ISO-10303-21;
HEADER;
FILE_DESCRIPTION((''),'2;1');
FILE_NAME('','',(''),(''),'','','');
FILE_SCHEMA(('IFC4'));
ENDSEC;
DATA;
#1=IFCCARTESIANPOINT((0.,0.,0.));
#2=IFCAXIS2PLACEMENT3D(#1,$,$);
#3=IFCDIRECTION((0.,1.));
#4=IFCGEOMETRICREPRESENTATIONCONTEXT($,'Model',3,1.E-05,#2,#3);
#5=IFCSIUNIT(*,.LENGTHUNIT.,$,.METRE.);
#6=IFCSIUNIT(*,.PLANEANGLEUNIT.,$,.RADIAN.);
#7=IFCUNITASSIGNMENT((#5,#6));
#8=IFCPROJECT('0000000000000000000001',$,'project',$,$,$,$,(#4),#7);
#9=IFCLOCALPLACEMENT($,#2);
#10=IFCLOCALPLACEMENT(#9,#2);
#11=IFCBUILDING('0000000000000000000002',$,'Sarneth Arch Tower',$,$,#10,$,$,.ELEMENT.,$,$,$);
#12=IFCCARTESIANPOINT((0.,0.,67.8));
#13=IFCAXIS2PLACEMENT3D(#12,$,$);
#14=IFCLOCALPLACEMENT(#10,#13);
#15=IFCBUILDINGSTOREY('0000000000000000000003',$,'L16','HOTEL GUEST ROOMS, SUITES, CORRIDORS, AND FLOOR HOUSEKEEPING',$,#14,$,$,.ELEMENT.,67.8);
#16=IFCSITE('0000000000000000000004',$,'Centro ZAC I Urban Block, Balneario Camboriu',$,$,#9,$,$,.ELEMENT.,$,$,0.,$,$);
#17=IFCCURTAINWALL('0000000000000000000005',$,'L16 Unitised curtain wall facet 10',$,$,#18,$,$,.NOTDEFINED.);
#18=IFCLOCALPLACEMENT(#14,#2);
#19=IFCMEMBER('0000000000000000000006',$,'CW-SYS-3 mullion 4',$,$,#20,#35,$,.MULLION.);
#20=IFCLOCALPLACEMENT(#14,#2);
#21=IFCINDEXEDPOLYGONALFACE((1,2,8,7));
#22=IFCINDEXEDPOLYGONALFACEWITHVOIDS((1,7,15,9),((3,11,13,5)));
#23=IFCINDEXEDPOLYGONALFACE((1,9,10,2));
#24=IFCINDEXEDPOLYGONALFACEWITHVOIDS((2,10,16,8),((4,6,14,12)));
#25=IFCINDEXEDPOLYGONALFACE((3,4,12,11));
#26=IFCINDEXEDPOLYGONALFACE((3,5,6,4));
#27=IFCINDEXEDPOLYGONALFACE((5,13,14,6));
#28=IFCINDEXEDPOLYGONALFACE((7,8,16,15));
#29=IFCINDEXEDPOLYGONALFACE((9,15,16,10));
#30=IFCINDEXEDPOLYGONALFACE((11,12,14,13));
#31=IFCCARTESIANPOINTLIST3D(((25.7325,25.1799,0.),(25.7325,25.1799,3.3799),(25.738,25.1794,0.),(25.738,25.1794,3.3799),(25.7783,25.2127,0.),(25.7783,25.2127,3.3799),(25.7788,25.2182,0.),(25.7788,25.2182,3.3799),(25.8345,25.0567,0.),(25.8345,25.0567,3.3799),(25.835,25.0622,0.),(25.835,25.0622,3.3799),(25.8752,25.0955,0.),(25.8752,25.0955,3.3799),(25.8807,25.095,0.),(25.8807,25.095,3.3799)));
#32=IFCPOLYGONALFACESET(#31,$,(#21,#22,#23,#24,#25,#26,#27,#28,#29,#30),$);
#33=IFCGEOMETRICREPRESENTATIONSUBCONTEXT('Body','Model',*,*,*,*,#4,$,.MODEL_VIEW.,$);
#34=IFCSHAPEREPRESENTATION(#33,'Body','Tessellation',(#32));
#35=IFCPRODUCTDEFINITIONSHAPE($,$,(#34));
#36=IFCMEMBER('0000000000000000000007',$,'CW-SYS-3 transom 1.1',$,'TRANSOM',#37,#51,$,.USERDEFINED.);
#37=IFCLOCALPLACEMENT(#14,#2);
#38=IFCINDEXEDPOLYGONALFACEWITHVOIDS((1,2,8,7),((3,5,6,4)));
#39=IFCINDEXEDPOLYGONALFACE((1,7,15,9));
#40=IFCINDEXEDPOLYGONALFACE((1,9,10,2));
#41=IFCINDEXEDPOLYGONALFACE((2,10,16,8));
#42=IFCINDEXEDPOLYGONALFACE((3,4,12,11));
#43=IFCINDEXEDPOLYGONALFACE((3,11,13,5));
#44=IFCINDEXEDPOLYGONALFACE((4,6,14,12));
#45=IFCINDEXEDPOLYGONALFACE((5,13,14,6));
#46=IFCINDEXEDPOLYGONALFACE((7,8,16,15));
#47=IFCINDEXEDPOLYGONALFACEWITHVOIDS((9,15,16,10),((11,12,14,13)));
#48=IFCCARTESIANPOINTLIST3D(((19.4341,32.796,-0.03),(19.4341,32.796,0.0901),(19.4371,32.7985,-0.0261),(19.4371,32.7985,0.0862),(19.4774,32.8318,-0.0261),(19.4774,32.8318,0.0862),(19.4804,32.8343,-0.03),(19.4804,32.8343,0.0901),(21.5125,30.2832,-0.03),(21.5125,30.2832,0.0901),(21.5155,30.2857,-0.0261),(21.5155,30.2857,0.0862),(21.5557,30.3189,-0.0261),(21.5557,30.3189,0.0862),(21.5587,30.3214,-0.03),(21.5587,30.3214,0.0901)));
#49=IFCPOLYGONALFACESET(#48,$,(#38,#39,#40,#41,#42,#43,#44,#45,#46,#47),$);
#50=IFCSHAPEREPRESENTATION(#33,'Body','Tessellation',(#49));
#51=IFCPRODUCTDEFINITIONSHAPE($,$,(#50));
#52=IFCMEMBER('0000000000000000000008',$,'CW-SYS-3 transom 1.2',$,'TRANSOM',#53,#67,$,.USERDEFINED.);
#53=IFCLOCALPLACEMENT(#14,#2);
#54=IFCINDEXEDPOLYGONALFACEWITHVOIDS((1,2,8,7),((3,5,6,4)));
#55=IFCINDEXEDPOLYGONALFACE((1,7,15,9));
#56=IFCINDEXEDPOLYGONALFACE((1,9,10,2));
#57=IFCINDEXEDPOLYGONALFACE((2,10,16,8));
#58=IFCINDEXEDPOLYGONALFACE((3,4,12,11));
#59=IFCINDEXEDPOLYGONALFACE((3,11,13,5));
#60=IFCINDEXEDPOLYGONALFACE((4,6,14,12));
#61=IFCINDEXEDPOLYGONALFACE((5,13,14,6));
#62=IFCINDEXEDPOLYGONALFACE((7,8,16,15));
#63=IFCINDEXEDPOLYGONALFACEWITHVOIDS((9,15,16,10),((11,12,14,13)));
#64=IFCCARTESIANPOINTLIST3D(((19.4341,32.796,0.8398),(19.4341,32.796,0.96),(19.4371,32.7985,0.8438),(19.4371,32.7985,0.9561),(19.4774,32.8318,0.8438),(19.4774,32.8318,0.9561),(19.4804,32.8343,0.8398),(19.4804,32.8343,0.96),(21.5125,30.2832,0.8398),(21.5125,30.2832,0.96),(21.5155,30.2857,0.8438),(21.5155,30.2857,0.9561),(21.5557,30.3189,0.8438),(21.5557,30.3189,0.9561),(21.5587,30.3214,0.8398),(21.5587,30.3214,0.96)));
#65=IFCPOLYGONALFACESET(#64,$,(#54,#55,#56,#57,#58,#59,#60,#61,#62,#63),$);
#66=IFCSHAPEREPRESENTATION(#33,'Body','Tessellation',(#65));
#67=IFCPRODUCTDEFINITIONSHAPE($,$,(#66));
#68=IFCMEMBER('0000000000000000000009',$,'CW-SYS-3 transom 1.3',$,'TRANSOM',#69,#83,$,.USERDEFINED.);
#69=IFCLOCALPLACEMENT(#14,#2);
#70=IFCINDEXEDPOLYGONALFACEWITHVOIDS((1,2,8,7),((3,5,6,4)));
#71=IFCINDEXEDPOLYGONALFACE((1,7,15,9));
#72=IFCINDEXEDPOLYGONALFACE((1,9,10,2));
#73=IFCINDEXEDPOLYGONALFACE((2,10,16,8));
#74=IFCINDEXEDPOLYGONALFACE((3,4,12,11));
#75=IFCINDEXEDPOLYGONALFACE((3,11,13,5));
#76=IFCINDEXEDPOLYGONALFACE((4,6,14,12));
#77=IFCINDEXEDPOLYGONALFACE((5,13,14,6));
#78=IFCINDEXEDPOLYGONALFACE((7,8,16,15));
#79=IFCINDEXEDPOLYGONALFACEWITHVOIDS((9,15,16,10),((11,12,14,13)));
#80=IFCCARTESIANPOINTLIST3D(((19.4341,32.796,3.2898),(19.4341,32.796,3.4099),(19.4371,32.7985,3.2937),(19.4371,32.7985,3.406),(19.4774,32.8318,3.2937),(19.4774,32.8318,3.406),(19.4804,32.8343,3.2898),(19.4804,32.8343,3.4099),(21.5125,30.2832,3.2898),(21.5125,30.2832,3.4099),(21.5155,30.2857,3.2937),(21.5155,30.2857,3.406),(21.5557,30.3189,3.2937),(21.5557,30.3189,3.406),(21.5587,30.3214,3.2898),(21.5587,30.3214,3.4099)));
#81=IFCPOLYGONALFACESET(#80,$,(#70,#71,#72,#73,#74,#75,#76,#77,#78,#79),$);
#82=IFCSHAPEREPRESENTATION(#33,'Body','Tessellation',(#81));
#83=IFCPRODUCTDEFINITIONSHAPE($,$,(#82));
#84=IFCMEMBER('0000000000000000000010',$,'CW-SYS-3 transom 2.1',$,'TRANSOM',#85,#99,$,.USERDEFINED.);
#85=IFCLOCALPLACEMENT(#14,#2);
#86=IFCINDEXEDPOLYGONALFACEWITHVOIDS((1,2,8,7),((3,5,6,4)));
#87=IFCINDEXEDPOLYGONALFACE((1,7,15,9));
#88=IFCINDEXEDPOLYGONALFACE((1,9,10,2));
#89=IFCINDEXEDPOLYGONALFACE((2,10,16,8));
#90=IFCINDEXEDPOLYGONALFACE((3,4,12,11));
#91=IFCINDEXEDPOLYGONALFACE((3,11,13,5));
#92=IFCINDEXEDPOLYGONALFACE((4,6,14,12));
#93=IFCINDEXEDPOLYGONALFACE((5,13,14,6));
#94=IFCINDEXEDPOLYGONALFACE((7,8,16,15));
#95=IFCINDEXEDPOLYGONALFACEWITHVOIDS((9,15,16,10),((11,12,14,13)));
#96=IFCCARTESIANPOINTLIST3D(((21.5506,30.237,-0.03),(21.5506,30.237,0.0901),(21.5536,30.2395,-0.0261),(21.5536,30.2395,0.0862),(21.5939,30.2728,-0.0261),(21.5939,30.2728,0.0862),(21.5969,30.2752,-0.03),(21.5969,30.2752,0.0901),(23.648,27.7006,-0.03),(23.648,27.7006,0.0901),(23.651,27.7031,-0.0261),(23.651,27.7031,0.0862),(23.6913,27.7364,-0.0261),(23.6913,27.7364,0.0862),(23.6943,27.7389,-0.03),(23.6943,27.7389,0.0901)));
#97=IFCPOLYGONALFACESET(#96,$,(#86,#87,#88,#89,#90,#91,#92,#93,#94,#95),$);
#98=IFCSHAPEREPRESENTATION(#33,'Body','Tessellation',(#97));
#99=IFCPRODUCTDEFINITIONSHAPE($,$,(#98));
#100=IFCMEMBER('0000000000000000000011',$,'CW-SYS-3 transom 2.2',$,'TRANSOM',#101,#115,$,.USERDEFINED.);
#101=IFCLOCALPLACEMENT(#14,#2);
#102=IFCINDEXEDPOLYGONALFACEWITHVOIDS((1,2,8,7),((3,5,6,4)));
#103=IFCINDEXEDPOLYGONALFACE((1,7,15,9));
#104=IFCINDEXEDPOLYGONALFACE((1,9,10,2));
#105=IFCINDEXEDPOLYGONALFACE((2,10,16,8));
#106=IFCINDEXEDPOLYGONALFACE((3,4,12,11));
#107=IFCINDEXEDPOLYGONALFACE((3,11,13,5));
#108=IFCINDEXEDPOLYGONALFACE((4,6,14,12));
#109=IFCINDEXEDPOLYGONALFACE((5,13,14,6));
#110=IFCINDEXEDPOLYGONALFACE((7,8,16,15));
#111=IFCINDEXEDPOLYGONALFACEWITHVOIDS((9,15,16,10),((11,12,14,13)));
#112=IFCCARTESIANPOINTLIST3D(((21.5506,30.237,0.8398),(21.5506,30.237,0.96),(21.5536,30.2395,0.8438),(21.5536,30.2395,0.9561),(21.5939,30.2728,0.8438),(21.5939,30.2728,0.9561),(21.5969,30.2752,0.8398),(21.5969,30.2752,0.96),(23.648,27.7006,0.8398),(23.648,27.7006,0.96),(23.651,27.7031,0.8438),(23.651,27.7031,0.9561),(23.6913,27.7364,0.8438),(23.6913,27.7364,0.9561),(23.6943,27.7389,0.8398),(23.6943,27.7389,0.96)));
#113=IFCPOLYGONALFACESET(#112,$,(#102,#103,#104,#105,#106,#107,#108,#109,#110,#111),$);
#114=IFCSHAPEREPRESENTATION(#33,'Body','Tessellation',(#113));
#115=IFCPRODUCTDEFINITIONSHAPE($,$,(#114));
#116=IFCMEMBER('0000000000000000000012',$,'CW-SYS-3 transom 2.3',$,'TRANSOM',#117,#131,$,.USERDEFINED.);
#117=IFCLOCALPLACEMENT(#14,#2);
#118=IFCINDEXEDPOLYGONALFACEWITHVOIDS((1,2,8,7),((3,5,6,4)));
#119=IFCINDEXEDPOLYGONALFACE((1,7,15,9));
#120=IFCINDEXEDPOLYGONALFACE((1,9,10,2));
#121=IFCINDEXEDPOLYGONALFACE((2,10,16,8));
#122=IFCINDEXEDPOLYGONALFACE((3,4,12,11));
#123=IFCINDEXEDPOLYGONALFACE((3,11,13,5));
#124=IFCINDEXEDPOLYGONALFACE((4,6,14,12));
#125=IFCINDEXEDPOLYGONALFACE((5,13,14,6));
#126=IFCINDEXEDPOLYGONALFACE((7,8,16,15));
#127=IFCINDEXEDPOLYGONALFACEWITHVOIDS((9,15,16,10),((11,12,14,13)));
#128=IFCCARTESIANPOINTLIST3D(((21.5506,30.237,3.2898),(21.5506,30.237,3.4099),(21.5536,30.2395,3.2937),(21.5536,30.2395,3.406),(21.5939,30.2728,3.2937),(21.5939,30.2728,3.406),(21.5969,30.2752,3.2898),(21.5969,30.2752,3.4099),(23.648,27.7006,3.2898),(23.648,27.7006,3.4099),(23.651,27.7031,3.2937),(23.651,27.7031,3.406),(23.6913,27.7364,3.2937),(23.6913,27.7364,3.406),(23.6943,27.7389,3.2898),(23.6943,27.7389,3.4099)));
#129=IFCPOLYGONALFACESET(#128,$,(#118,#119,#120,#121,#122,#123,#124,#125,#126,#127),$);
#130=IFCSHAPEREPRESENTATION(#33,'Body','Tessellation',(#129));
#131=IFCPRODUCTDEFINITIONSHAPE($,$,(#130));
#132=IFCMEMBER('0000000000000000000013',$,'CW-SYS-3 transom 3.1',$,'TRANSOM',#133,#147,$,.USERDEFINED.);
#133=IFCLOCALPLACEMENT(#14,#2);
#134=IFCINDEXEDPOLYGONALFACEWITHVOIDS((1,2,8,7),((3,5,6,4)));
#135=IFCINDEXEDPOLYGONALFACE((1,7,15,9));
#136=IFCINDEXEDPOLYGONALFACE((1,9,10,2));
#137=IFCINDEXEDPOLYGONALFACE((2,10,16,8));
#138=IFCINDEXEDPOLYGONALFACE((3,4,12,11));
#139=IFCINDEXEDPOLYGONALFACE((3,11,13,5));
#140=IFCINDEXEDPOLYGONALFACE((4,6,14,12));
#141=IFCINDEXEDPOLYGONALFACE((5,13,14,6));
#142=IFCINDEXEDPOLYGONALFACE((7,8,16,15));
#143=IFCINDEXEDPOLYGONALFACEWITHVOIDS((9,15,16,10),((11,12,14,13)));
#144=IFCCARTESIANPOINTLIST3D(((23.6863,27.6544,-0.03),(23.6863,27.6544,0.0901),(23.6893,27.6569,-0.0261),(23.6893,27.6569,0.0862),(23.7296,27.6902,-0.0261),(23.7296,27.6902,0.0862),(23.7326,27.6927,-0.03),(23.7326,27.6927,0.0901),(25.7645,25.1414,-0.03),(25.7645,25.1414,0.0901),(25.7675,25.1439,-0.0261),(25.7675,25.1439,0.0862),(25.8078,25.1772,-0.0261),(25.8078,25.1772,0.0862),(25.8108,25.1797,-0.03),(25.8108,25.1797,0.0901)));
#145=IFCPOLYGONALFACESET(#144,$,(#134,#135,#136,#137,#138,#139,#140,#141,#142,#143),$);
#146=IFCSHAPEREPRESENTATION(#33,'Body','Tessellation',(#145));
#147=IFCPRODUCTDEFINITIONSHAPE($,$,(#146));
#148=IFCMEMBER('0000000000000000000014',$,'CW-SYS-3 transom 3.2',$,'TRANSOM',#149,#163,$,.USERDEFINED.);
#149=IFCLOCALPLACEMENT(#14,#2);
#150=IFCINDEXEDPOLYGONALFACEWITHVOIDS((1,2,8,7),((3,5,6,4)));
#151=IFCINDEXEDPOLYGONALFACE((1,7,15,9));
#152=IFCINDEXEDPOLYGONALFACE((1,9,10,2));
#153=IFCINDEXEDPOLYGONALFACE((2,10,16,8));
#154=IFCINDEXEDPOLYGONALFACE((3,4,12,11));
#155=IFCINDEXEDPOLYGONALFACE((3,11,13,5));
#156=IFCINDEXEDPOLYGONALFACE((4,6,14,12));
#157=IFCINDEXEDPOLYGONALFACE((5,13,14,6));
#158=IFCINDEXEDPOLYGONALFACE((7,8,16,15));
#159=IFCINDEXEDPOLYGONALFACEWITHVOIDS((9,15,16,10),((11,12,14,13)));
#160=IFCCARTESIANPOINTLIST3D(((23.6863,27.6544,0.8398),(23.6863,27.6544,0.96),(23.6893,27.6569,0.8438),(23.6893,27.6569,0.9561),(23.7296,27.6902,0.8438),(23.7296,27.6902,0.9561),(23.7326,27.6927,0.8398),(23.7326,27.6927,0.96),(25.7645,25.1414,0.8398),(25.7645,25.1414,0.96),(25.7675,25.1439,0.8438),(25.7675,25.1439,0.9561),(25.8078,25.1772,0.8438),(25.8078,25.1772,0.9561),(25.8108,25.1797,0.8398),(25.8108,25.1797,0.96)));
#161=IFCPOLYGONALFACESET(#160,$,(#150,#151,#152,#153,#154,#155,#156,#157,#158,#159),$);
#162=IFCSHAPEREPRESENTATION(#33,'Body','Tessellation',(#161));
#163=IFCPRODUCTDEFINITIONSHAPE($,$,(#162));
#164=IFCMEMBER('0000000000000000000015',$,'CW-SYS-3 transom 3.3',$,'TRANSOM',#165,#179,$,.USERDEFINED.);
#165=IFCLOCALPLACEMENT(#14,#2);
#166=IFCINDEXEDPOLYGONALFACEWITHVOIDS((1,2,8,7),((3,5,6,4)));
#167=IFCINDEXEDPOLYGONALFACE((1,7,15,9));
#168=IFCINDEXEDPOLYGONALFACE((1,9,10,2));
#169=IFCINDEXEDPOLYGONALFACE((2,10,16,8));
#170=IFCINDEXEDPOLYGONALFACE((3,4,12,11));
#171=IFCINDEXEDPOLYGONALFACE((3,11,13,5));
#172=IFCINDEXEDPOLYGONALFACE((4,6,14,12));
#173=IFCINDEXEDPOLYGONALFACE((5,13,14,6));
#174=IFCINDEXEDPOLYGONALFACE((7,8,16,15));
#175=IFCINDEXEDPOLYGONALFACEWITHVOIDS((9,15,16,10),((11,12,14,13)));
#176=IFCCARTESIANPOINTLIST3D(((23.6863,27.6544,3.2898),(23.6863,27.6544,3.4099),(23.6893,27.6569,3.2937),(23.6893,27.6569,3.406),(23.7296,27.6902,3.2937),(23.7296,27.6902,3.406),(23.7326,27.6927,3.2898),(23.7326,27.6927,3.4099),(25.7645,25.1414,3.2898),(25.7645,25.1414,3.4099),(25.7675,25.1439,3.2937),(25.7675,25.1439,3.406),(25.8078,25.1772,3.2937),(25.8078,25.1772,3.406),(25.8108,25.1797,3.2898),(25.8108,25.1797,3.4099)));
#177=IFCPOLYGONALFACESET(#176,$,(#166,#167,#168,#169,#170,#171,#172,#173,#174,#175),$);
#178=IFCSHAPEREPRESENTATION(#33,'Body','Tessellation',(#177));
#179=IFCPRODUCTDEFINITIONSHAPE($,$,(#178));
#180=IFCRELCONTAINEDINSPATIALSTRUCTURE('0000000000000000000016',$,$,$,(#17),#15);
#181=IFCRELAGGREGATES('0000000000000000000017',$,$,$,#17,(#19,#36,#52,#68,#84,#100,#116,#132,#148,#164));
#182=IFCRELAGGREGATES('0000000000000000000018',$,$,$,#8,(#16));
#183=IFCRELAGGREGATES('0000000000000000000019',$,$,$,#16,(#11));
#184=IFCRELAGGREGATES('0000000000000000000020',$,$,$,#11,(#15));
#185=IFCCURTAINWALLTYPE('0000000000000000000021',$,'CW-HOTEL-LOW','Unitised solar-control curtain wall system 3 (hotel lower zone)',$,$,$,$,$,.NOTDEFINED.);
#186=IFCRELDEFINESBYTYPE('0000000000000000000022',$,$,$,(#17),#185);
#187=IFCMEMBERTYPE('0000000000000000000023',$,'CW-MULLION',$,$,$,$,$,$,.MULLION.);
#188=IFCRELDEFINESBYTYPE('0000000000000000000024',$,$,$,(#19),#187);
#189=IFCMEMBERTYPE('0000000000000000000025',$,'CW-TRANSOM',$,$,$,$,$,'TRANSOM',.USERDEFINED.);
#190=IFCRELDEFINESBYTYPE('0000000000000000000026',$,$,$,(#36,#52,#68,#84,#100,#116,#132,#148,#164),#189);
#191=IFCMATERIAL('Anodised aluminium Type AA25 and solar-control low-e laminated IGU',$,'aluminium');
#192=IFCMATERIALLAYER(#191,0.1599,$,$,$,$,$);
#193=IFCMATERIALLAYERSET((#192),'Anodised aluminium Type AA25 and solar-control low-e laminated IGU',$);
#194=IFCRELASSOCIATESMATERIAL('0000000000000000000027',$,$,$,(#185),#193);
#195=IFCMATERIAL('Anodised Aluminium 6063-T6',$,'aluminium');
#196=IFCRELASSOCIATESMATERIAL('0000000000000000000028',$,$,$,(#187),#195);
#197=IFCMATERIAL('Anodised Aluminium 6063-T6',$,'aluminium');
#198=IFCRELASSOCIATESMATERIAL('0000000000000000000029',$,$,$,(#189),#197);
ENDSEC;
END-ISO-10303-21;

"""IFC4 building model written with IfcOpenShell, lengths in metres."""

from ifc_helpers import new_model, si_unit, direction, frame, origin, origin_2d, place, context, subcontext, project, spatial, hollow_rectangle, extrude, material, layer, layer_set, material_profile, profile_set, type_object, element, aggregate, save


model = new_model("IFC4")

# Units and contexts
model_context = context("Model", 3, precision=1e-05, world=origin(), true_north=direction((0.0, 1.0)))
body_context = subcontext(model_context, "Body", "Model", "MODEL_VIEW")
ifc_project = project(units=[si_unit("LENGTHUNIT", "METRE"), si_unit("PLANEANGLEUNIT", "RADIAN")], contexts=[model_context])

# Site, building, storey
site_placement = place(None, origin())
site = spatial("IfcSite", under=ifc_project, at=site_placement, Name="Centro ZAC I Urban Block, Balneario Camboriu", CompositionType="ELEMENT", RefElevation=0.0)
building_placement = place(site_placement, origin())
building = spatial("IfcBuilding", under=site, at=building_placement, Name="Sarneth Arch Tower", CompositionType="ELEMENT")
storey_placement = place(building_placement, frame((0.0, 0.0, 67.8)))
storey = spatial("IfcBuildingStorey", under=building, at=storey_placement, Name="L16", Description="HOTEL GUEST ROOMS, SUITES, CORRIDORS, AND FLOOR HOUSEKEEPING", CompositionType="ELEMENT", Elevation=67.8)

# Curtain wall, members
ifc_material_1 = material(Name="Anodised aluminium Type AA25 and solar-control low-e laminated IGU", Category="aluminium")
ifc_layer_1 = layer(ifc_material_1, 0.1599)
ifc_layer_set_1 = layer_set([ifc_layer_1], Name="Anodised aluminium Type AA25 and solar-control low-e laminated IGU")
curtain_wall_type = type_object("IfcCurtainWallType", Name="CW-HOTEL-LOW", Description="Unitised solar-control curtain wall system 3 (hotel lower zone)", PredefinedType="NOTDEFINED", material=ifc_layer_set_1)
curtain_wall_placement = place(storey_placement, origin())
curtain_wall = element("IfcCurtainWall", 1, at=curtain_wall_placement, inside=storey, type_object=curtain_wall_type, Name="L16 Unitised curtain wall facet 10", PredefinedType="NOTDEFINED")
ifc_material_2 = material(Name="Anodised Aluminium 6063-T6", Category="aluminium")
ifc_material_profile_1 = material_profile(ifc_material_2, hollow_rectangle(XDim=0.0601, YDim=0.1599, WallThickness=0.0039, at=origin_2d()), Name="AL-MULL-160x60x4")
ifc_profile_set_1 = profile_set([ifc_material_profile_1], Name="Anodised Aluminium 6063-T6")
member_type_1 = type_object("IfcMemberType", Name="CW-MULLION", PredefinedType="MULLION", material=ifc_profile_set_1)
member_1_placement = place(storey_placement, frame((25.8066, 25.1375, 0.0), z_axis=(0.0, 0.0, 1.0), x_axis=(0.770623, 0.637291, 0.0)))
member_1 = element("IfcMember", 2, at=member_1_placement, type_object=member_type_1, Name="CW-SYS-3 mullion 4", PredefinedType="MULLION", context=body_context, shape_type="SweptSolid", body=[
    extrude(hollow_rectangle(XDim=0.0601, YDim=0.1599, WallThickness=0.0039, at=origin_2d()), origin(), (0.0, 0.0, 1.0), 3.3799),
])
ifc_material_3 = material(Name="Anodised Aluminium 6063-T6", Category="aluminium")
ifc_material_profile_2 = material_profile(ifc_material_3, hollow_rectangle(XDim=0.0601, YDim=0.1201, WallThickness=0.0039, at=origin_2d()), Name="AL-TRAN-120x60x4")
ifc_profile_set_2 = profile_set([ifc_material_profile_2], Name="Anodised Aluminium 6063-T6")
member_type_2 = type_object("IfcMemberType", Name="CW-TRANSOM", ElementType="TRANSOM", PredefinedType="USERDEFINED", material=ifc_profile_set_2)
member_2_placement = place(storey_placement, frame((19.4573, 32.8152, 0.03), z_axis=(0.63733, -0.770591, 0.0), x_axis=(0.770591, 0.63733, 0.0)))
member_2 = element("IfcMember", 3, at=member_2_placement, type_object=member_type_2, Name="CW-SYS-3 transom 1.1", ObjectType="TRANSOM", PredefinedType="USERDEFINED", context=body_context, shape_type="SweptSolid", body=[
    extrude(hollow_rectangle(XDim=0.0601, YDim=0.1201, WallThickness=0.0039, at=origin_2d()), origin(), (0.0, 0.0, 1.0), 3.261),
])
member_3_placement = place(storey_placement, frame((19.4573, 32.8152, 0.8999), z_axis=(0.63733, -0.770591, 0.0), x_axis=(0.770591, 0.63733, 0.0)))
member_3 = element("IfcMember", 4, at=member_3_placement, type_object=member_type_2, Name="CW-SYS-3 transom 1.2", ObjectType="TRANSOM", PredefinedType="USERDEFINED", context=body_context, shape_type="SweptSolid", body=[
    extrude(hollow_rectangle(XDim=0.0601, YDim=0.1201, WallThickness=0.0039, at=origin_2d()), origin(), (0.0, 0.0, 1.0), 3.261),
])
member_4_placement = place(storey_placement, frame((19.4573, 32.8152, 3.3499), z_axis=(0.63733, -0.770591, 0.0), x_axis=(0.770591, 0.63733, 0.0)))
member_4 = element("IfcMember", 5, at=member_4_placement, type_object=member_type_2, Name="CW-SYS-3 transom 1.3", ObjectType="TRANSOM", PredefinedType="USERDEFINED", context=body_context, shape_type="SweptSolid", body=[
    extrude(hollow_rectangle(XDim=0.0601, YDim=0.1201, WallThickness=0.0039, at=origin_2d()), origin(), (0.0, 0.0, 1.0), 3.261),
])
member_5_placement = place(storey_placement, frame((21.5737, 30.2561, 0.03), z_axis=(0.637269, -0.770642, 0.0), x_axis=(0.770642, 0.637269, 0.0)))
member_5 = element("IfcMember", 6, at=member_5_placement, type_object=member_type_2, Name="CW-SYS-3 transom 2.1", ObjectType="TRANSOM", PredefinedType="USERDEFINED", context=body_context, shape_type="SweptSolid", body=[
    extrude(hollow_rectangle(XDim=0.0601, YDim=0.1201, WallThickness=0.0039, at=origin_2d()), origin(), (0.0, 0.0, 1.0), 3.2913),
])
member_6_placement = place(storey_placement, frame((21.5737, 30.2561, 0.8999), z_axis=(0.637269, -0.770642, 0.0), x_axis=(0.770642, 0.637269, 0.0)))
member_6 = element("IfcMember", 7, at=member_6_placement, type_object=member_type_2, Name="CW-SYS-3 transom 2.2", ObjectType="TRANSOM", PredefinedType="USERDEFINED", context=body_context, shape_type="SweptSolid", body=[
    extrude(hollow_rectangle(XDim=0.0601, YDim=0.1201, WallThickness=0.0039, at=origin_2d()), origin(), (0.0, 0.0, 1.0), 3.2913),
])
member_7_placement = place(storey_placement, frame((21.5737, 30.2561, 3.3499), z_axis=(0.637269, -0.770642, 0.0), x_axis=(0.770642, 0.637269, 0.0)))
member_7 = element("IfcMember", 8, at=member_7_placement, type_object=member_type_2, Name="CW-SYS-3 transom 2.3", ObjectType="TRANSOM", PredefinedType="USERDEFINED", context=body_context, shape_type="SweptSolid", body=[
    extrude(hollow_rectangle(XDim=0.0601, YDim=0.1201, WallThickness=0.0039, at=origin_2d()), origin(), (0.0, 0.0, 1.0), 3.2913),
])
member_8_placement = place(storey_placement, frame((23.7095, 27.6736, 0.03), z_axis=(0.637286, -0.770628, 0.0), x_axis=(0.770628, 0.637286, 0.0)))
member_8 = element("IfcMember", 9, at=member_8_placement, type_object=member_type_2, Name="CW-SYS-3 transom 3.1", ObjectType="TRANSOM", PredefinedType="USERDEFINED", context=body_context, shape_type="SweptSolid", body=[
    extrude(hollow_rectangle(XDim=0.0601, YDim=0.1201, WallThickness=0.0039, at=origin_2d()), origin(), (0.0, 0.0, 1.0), 3.261),
])
member_9_placement = place(storey_placement, frame((23.7095, 27.6736, 0.8999), z_axis=(0.637286, -0.770628, 0.0), x_axis=(0.770628, 0.637286, 0.0)))
member_9 = element("IfcMember", 10, at=member_9_placement, type_object=member_type_2, Name="CW-SYS-3 transom 3.2", ObjectType="TRANSOM", PredefinedType="USERDEFINED", context=body_context, shape_type="SweptSolid", body=[
    extrude(hollow_rectangle(XDim=0.0601, YDim=0.1201, WallThickness=0.0039, at=origin_2d()), origin(), (0.0, 0.0, 1.0), 3.261),
])
member_10_placement = place(storey_placement, frame((23.7095, 27.6736, 3.3499), z_axis=(0.637286, -0.770628, 0.0), x_axis=(0.770628, 0.637286, 0.0)))
member_10 = element("IfcMember", 11, at=member_10_placement, type_object=member_type_2, Name="CW-SYS-3 transom 3.3", ObjectType="TRANSOM", PredefinedType="USERDEFINED", context=body_context, shape_type="SweptSolid", body=[
    extrude(hollow_rectangle(XDim=0.0601, YDim=0.1201, WallThickness=0.0039, at=origin_2d()), origin(), (0.0, 0.0, 1.0), 3.261),
])

aggregate(curtain_wall, [member_1, member_2, member_3, member_4, member_5, member_6, member_7, member_8, member_9, member_10])

save(model, "model.ifc")
